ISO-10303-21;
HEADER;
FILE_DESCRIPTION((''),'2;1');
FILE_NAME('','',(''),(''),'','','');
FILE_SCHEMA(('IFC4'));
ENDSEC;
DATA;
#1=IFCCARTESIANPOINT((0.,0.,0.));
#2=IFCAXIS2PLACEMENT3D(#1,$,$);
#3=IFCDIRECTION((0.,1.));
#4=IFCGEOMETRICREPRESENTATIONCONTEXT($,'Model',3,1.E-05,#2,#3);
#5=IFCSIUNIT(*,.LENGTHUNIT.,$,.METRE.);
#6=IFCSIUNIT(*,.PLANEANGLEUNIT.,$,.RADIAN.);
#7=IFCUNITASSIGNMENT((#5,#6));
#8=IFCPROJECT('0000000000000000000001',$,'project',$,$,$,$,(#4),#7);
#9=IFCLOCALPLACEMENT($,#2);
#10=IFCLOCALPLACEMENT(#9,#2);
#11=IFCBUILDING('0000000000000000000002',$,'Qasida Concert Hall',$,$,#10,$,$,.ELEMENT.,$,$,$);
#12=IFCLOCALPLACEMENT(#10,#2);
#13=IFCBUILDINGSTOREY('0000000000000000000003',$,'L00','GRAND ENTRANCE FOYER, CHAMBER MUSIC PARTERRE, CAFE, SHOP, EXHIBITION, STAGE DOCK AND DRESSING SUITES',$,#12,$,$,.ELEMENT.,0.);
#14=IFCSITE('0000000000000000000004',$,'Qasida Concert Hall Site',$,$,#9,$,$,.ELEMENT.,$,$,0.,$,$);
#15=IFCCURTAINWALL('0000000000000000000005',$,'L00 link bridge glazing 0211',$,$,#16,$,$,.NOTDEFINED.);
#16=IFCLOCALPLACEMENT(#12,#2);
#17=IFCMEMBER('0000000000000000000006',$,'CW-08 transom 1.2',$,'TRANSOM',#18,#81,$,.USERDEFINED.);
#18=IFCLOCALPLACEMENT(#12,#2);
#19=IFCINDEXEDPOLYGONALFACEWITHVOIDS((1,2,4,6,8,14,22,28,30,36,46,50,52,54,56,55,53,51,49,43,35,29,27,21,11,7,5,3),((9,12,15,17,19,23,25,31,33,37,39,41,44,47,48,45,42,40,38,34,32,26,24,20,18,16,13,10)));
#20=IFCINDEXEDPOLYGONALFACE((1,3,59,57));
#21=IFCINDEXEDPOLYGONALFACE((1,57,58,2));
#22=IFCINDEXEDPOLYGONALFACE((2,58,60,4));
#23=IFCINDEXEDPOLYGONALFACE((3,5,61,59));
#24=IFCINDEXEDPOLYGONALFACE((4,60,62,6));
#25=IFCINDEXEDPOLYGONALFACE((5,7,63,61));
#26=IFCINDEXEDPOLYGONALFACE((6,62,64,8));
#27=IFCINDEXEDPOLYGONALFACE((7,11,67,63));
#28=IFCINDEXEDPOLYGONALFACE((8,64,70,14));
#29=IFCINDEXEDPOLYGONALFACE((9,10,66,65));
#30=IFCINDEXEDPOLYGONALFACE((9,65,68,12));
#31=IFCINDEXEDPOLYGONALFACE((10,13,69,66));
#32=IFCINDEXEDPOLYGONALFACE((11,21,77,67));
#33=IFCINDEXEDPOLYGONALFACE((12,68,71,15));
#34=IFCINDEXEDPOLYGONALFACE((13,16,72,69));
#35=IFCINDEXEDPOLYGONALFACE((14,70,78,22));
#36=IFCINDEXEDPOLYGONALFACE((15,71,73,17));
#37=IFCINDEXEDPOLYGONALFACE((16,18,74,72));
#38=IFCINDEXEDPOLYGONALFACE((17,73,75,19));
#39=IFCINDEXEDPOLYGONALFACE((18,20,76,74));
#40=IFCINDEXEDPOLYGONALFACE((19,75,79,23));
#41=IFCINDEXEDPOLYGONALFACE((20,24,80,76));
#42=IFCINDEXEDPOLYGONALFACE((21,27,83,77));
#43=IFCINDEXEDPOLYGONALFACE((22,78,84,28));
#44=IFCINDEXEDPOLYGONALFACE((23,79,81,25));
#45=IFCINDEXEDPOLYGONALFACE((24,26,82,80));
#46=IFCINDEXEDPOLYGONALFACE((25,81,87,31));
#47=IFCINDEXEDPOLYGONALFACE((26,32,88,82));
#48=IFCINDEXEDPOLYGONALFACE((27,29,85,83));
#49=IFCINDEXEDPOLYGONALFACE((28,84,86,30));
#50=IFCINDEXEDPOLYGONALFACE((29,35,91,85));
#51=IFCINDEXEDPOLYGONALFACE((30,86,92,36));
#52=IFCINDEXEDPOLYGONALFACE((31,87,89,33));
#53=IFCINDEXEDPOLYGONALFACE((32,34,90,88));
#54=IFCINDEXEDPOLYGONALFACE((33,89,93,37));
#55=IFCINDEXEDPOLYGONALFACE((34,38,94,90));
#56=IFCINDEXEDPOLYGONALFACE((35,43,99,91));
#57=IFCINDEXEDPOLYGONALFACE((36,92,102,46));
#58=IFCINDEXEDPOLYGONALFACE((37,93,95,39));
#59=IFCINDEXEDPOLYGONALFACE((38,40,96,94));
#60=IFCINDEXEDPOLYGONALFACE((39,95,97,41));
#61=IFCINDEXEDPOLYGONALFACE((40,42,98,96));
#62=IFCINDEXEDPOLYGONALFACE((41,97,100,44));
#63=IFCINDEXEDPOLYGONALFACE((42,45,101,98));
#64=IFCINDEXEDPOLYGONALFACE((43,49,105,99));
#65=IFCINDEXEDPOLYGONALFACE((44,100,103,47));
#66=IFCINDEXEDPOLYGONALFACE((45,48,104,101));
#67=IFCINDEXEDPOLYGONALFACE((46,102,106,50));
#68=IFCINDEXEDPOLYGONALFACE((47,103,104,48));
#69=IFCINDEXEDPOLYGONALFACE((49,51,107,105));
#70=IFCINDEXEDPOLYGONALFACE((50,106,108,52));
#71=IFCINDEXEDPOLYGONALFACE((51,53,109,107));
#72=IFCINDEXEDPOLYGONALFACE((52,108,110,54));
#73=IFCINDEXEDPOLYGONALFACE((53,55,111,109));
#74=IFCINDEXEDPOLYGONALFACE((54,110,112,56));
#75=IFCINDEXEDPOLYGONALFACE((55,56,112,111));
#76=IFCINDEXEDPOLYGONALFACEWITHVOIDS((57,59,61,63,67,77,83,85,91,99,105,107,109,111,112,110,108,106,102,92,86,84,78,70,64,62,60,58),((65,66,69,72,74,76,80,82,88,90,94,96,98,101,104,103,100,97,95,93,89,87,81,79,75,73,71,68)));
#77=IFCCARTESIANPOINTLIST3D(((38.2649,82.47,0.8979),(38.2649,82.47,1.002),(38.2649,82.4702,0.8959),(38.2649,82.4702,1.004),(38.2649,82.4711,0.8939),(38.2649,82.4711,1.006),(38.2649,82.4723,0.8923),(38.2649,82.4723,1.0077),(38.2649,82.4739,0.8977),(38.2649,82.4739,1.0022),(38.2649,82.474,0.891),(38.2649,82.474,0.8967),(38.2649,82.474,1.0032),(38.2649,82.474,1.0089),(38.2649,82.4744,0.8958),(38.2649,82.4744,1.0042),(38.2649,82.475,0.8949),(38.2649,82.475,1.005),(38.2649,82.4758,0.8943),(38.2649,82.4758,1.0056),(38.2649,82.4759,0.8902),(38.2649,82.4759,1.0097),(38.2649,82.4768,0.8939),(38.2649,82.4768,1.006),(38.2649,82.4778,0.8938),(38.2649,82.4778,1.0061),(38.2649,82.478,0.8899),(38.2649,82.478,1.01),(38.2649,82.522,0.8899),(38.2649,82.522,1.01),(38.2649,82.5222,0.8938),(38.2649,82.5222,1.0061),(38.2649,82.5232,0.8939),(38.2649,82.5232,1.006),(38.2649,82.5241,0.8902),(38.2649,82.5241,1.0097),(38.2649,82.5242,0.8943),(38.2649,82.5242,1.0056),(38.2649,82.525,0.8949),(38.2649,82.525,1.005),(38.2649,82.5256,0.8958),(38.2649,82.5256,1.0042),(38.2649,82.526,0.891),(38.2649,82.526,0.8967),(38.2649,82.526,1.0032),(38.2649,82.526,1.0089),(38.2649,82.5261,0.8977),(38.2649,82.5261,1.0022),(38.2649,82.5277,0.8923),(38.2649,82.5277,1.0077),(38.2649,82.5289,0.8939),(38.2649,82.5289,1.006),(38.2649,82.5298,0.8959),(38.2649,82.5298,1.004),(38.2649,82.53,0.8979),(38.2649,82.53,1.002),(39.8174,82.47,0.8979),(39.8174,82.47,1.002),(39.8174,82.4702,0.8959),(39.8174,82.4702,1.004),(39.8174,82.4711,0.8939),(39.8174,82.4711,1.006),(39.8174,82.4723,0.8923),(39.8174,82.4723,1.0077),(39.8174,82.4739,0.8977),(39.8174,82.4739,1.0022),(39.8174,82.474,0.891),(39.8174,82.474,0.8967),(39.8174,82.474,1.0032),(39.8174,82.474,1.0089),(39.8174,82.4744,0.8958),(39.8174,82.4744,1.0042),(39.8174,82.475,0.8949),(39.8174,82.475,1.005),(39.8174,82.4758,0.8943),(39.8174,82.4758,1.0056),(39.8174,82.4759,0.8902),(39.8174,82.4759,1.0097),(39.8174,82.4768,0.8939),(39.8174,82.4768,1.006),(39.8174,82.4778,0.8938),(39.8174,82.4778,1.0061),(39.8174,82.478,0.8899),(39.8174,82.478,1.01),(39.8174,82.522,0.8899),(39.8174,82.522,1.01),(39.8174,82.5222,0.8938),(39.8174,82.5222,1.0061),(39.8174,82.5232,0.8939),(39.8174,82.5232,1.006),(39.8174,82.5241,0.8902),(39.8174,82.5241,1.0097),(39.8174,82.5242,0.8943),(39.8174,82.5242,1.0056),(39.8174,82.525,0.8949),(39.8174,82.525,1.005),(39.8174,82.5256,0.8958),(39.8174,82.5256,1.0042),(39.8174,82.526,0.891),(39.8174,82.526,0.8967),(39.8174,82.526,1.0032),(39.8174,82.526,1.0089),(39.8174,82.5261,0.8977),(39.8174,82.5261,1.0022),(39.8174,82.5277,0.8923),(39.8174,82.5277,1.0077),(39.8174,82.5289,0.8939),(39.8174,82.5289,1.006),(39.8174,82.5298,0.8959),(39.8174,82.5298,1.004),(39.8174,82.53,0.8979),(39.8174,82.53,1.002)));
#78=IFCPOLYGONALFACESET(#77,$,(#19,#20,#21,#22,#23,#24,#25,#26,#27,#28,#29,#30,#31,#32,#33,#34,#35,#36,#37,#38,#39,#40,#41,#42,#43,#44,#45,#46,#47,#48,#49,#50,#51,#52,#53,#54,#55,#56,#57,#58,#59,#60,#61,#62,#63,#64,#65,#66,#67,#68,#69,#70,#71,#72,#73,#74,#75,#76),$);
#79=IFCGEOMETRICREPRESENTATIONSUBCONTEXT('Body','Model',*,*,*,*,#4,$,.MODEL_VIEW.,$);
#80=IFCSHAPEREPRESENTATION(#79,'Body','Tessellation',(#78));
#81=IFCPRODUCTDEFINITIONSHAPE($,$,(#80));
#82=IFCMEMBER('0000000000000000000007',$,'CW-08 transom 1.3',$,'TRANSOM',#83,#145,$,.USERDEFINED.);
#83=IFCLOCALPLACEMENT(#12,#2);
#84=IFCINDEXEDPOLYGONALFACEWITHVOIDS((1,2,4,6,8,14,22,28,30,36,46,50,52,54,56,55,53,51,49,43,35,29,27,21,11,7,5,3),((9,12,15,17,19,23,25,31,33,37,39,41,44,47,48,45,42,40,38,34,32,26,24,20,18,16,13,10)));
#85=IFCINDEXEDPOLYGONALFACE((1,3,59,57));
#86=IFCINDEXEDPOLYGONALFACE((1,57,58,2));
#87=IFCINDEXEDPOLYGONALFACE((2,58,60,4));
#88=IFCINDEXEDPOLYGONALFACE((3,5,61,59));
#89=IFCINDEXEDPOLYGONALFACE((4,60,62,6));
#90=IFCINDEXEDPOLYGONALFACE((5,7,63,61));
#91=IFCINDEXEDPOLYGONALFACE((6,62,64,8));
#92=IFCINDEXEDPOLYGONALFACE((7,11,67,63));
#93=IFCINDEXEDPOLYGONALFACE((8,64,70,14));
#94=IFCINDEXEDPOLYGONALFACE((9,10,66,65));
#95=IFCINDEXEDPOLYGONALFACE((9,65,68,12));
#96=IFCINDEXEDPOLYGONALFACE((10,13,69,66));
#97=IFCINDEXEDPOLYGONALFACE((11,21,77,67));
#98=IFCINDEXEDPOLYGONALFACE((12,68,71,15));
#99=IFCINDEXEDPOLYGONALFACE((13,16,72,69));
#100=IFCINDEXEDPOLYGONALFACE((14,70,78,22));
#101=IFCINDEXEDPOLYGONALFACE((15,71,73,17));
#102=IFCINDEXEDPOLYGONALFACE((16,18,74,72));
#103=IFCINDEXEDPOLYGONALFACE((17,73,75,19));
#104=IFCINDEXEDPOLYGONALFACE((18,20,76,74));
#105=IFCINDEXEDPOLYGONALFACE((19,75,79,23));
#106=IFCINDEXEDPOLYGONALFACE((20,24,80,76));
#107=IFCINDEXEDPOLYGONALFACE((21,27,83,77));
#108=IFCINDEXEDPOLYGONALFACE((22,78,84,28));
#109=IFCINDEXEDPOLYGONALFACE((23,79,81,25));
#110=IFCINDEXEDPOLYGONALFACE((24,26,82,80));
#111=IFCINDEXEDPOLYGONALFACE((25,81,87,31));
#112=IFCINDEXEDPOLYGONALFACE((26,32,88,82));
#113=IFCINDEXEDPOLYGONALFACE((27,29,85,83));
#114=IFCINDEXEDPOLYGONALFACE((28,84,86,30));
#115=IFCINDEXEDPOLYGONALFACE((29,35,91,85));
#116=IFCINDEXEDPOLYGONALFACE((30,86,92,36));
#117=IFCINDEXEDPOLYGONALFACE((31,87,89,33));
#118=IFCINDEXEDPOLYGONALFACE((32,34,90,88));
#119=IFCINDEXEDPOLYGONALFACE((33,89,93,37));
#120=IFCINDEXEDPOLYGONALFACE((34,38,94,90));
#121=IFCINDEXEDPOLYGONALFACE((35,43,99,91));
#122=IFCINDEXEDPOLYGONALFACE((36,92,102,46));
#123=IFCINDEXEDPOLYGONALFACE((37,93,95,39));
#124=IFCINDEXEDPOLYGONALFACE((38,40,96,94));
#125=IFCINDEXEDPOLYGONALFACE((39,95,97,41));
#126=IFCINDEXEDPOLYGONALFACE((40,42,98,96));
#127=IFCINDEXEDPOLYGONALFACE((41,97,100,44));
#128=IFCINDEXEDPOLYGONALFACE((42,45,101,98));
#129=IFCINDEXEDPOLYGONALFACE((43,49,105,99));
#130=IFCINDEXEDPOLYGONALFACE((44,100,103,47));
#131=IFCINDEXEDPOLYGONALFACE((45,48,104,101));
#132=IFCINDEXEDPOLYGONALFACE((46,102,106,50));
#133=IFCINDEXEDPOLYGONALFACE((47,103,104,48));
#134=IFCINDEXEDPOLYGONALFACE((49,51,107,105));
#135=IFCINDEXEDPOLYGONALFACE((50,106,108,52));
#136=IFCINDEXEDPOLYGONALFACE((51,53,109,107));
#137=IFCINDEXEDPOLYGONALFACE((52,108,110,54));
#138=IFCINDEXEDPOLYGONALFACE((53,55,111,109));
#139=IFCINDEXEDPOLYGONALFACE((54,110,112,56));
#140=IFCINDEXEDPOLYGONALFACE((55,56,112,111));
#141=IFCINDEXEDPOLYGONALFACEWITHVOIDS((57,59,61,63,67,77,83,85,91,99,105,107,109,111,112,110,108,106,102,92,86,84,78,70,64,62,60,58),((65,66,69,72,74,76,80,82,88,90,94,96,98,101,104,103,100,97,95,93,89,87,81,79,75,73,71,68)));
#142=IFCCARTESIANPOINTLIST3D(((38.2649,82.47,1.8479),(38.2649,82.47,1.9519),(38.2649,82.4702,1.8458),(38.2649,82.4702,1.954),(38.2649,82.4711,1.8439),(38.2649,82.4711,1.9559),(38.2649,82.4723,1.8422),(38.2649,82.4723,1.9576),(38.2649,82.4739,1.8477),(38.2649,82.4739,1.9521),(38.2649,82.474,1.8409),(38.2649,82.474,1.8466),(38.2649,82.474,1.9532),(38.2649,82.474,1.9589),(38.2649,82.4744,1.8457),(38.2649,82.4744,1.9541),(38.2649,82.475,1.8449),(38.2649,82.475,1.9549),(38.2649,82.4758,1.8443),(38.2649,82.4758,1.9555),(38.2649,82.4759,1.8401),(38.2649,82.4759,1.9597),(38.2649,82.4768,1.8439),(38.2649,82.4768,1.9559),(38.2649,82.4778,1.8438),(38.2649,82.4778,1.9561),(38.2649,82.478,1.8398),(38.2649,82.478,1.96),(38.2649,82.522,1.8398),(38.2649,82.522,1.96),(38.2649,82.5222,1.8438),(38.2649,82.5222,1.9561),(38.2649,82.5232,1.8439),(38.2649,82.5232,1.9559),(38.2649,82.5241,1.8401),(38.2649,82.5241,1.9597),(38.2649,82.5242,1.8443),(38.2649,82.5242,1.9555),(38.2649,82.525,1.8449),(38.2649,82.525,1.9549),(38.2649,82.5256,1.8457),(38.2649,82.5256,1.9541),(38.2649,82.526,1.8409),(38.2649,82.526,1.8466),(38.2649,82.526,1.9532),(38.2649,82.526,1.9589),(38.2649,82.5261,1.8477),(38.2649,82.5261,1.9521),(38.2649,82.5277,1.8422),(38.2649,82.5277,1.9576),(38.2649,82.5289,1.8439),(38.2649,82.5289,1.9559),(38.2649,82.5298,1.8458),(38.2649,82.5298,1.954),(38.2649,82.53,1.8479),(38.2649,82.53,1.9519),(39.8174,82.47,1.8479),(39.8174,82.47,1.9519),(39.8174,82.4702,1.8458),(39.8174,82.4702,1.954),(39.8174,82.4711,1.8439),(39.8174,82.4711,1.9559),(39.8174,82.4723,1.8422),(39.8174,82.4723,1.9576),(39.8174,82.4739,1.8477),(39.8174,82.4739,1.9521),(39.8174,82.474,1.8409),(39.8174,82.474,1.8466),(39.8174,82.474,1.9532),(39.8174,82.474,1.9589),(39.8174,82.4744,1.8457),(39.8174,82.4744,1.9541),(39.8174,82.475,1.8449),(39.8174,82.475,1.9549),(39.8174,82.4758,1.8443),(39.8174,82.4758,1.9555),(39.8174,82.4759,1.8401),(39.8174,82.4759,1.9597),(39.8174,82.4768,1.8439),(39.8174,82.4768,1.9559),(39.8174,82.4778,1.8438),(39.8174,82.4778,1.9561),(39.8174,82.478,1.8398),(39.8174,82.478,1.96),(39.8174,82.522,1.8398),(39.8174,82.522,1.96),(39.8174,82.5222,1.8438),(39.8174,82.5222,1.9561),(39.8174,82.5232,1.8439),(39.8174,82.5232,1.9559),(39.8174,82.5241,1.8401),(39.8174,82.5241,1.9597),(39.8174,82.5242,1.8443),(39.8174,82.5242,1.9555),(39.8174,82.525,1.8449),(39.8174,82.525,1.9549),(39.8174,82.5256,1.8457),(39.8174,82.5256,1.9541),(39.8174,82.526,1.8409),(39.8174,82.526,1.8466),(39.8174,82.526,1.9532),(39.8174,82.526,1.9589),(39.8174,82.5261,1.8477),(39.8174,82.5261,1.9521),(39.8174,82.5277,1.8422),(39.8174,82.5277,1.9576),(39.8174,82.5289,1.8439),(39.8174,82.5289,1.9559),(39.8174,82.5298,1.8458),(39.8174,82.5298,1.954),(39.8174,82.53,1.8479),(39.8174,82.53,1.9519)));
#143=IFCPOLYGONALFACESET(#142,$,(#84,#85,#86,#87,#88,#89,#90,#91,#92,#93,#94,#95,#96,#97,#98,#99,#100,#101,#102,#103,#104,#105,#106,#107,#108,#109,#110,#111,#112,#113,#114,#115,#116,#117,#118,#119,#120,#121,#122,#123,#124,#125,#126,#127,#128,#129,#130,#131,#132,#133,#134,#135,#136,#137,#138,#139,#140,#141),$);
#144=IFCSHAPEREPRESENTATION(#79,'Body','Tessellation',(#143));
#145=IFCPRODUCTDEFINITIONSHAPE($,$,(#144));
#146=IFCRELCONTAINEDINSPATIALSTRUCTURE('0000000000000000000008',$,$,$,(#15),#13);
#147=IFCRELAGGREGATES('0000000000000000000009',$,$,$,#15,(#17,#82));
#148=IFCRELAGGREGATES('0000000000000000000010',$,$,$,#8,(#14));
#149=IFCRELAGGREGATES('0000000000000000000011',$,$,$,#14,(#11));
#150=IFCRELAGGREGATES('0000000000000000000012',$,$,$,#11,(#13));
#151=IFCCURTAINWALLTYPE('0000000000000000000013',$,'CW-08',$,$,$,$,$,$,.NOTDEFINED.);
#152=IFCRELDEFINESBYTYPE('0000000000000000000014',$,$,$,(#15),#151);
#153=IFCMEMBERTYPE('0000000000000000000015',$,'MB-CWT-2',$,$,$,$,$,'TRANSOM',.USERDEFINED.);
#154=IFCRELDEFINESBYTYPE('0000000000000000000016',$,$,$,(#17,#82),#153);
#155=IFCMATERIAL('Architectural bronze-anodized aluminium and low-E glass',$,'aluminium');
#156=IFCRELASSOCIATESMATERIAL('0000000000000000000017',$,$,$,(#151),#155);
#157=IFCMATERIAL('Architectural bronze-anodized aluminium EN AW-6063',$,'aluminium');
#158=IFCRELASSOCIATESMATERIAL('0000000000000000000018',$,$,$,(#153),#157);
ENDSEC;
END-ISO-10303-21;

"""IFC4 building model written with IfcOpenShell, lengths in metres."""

from ifc_helpers import new_model, si_unit, direction, frame, origin, origin_2d, place, context, subcontext, project, spatial, hollow_rectangle, extrude, material, material_profile, profile_set, type_object, element, aggregate, save


model = new_model("IFC4")

# Units and contexts
model_context = context("Model", 3, precision=1e-05, world=origin(), true_north=direction((0.0, 1.0)))
body_context = subcontext(model_context, "Body", "Model", "MODEL_VIEW")
ifc_project = project(units=[si_unit("LENGTHUNIT", "METRE"), si_unit("PLANEANGLEUNIT", "RADIAN")], contexts=[model_context])

# Site, building, storey
site_placement = place(None, origin())
site = spatial("IfcSite", under=ifc_project, at=site_placement, Name="Qasida Concert Hall Site", CompositionType="ELEMENT", RefElevation=0.0)
building_placement = place(site_placement, origin())
building = spatial("IfcBuilding", under=site, at=building_placement, Name="Qasida Concert Hall", CompositionType="ELEMENT")
storey_placement = place(building_placement, origin())
storey = spatial("IfcBuildingStorey", under=building, at=storey_placement, Name="L00", Description="GRAND ENTRANCE FOYER, CHAMBER MUSIC PARTERRE, CAFE, SHOP, EXHIBITION, STAGE DOCK AND DRESSING SUITES", CompositionType="ELEMENT", Elevation=0.0)

# Curtain wall, members
ifc_material_1 = material(Name="Architectural bronze-anodized aluminium and low-E glass", Category="aluminium")
curtain_wall_type = type_object("IfcCurtainWallType", Name="CW-08", PredefinedType="NOTDEFINED", material=ifc_material_1)
curtain_wall_placement = place(storey_placement, origin())
curtain_wall = element("IfcCurtainWall", 1, at=curtain_wall_placement, inside=storey, type_object=curtain_wall_type, Name="L00 link bridge glazing 0211", PredefinedType="NOTDEFINED")
ifc_material_2 = material(Name="Architectural bronze-anodized aluminium EN AW-6063", Category="aluminium")
ifc_material_profile_1 = material_profile(ifc_material_2, hollow_rectangle(XDim=0.0601, YDim=0.1201, WallThickness=0.0039, InnerFilletRadius=0.0039, OuterFilletRadius=0.0081, at=origin_2d()), Name="CWT 120x60x4")
ifc_profile_set_1 = profile_set([ifc_material_profile_1], Name="Architectural bronze-anodized aluminium EN AW-6063")
member_type_1 = type_object("IfcMemberType", Name="MB-CWT-2", ElementType="TRANSOM", PredefinedType="USERDEFINED", material=ifc_profile_set_1)
member_1_placement = place(storey_placement, frame((38.2649, 82.5, 0.95), z_axis=(1.0, 0.0, 0.0), x_axis=(0.0, 1.0, 0.0)))
member_1 = element("IfcMember", 2, at=member_1_placement, type_object=member_type_1, Name="CW-08 transom 1.2", ObjectType="TRANSOM", PredefinedType="USERDEFINED", context=body_context, shape_type="SweptSolid", body=[
    extrude(hollow_rectangle(XDim=0.0601, YDim=0.1201, WallThickness=0.0039, InnerFilletRadius=0.0039, OuterFilletRadius=0.0081, at=origin_2d()), origin(), (0.0, 0.0, 1.0), 1.5525),
])
member_2_placement = place(storey_placement, frame((38.2649, 82.5, 1.8999), z_axis=(1.0, 0.0, 0.0), x_axis=(0.0, 1.0, 0.0)))
member_2 = element("IfcMember", 3, at=member_2_placement, type_object=member_type_1, Name="CW-08 transom 1.3", ObjectType="TRANSOM", PredefinedType="USERDEFINED", context=body_context, shape_type="SweptSolid", body=[
    extrude(hollow_rectangle(XDim=0.0601, YDim=0.1201, WallThickness=0.0039, InnerFilletRadius=0.0039, OuterFilletRadius=0.0081, at=origin_2d()), origin(), (0.0, 0.0, 1.0), 1.5525),
])
aggregate(curtain_wall, [member_1, member_2])

save(model, "model.ifc")
